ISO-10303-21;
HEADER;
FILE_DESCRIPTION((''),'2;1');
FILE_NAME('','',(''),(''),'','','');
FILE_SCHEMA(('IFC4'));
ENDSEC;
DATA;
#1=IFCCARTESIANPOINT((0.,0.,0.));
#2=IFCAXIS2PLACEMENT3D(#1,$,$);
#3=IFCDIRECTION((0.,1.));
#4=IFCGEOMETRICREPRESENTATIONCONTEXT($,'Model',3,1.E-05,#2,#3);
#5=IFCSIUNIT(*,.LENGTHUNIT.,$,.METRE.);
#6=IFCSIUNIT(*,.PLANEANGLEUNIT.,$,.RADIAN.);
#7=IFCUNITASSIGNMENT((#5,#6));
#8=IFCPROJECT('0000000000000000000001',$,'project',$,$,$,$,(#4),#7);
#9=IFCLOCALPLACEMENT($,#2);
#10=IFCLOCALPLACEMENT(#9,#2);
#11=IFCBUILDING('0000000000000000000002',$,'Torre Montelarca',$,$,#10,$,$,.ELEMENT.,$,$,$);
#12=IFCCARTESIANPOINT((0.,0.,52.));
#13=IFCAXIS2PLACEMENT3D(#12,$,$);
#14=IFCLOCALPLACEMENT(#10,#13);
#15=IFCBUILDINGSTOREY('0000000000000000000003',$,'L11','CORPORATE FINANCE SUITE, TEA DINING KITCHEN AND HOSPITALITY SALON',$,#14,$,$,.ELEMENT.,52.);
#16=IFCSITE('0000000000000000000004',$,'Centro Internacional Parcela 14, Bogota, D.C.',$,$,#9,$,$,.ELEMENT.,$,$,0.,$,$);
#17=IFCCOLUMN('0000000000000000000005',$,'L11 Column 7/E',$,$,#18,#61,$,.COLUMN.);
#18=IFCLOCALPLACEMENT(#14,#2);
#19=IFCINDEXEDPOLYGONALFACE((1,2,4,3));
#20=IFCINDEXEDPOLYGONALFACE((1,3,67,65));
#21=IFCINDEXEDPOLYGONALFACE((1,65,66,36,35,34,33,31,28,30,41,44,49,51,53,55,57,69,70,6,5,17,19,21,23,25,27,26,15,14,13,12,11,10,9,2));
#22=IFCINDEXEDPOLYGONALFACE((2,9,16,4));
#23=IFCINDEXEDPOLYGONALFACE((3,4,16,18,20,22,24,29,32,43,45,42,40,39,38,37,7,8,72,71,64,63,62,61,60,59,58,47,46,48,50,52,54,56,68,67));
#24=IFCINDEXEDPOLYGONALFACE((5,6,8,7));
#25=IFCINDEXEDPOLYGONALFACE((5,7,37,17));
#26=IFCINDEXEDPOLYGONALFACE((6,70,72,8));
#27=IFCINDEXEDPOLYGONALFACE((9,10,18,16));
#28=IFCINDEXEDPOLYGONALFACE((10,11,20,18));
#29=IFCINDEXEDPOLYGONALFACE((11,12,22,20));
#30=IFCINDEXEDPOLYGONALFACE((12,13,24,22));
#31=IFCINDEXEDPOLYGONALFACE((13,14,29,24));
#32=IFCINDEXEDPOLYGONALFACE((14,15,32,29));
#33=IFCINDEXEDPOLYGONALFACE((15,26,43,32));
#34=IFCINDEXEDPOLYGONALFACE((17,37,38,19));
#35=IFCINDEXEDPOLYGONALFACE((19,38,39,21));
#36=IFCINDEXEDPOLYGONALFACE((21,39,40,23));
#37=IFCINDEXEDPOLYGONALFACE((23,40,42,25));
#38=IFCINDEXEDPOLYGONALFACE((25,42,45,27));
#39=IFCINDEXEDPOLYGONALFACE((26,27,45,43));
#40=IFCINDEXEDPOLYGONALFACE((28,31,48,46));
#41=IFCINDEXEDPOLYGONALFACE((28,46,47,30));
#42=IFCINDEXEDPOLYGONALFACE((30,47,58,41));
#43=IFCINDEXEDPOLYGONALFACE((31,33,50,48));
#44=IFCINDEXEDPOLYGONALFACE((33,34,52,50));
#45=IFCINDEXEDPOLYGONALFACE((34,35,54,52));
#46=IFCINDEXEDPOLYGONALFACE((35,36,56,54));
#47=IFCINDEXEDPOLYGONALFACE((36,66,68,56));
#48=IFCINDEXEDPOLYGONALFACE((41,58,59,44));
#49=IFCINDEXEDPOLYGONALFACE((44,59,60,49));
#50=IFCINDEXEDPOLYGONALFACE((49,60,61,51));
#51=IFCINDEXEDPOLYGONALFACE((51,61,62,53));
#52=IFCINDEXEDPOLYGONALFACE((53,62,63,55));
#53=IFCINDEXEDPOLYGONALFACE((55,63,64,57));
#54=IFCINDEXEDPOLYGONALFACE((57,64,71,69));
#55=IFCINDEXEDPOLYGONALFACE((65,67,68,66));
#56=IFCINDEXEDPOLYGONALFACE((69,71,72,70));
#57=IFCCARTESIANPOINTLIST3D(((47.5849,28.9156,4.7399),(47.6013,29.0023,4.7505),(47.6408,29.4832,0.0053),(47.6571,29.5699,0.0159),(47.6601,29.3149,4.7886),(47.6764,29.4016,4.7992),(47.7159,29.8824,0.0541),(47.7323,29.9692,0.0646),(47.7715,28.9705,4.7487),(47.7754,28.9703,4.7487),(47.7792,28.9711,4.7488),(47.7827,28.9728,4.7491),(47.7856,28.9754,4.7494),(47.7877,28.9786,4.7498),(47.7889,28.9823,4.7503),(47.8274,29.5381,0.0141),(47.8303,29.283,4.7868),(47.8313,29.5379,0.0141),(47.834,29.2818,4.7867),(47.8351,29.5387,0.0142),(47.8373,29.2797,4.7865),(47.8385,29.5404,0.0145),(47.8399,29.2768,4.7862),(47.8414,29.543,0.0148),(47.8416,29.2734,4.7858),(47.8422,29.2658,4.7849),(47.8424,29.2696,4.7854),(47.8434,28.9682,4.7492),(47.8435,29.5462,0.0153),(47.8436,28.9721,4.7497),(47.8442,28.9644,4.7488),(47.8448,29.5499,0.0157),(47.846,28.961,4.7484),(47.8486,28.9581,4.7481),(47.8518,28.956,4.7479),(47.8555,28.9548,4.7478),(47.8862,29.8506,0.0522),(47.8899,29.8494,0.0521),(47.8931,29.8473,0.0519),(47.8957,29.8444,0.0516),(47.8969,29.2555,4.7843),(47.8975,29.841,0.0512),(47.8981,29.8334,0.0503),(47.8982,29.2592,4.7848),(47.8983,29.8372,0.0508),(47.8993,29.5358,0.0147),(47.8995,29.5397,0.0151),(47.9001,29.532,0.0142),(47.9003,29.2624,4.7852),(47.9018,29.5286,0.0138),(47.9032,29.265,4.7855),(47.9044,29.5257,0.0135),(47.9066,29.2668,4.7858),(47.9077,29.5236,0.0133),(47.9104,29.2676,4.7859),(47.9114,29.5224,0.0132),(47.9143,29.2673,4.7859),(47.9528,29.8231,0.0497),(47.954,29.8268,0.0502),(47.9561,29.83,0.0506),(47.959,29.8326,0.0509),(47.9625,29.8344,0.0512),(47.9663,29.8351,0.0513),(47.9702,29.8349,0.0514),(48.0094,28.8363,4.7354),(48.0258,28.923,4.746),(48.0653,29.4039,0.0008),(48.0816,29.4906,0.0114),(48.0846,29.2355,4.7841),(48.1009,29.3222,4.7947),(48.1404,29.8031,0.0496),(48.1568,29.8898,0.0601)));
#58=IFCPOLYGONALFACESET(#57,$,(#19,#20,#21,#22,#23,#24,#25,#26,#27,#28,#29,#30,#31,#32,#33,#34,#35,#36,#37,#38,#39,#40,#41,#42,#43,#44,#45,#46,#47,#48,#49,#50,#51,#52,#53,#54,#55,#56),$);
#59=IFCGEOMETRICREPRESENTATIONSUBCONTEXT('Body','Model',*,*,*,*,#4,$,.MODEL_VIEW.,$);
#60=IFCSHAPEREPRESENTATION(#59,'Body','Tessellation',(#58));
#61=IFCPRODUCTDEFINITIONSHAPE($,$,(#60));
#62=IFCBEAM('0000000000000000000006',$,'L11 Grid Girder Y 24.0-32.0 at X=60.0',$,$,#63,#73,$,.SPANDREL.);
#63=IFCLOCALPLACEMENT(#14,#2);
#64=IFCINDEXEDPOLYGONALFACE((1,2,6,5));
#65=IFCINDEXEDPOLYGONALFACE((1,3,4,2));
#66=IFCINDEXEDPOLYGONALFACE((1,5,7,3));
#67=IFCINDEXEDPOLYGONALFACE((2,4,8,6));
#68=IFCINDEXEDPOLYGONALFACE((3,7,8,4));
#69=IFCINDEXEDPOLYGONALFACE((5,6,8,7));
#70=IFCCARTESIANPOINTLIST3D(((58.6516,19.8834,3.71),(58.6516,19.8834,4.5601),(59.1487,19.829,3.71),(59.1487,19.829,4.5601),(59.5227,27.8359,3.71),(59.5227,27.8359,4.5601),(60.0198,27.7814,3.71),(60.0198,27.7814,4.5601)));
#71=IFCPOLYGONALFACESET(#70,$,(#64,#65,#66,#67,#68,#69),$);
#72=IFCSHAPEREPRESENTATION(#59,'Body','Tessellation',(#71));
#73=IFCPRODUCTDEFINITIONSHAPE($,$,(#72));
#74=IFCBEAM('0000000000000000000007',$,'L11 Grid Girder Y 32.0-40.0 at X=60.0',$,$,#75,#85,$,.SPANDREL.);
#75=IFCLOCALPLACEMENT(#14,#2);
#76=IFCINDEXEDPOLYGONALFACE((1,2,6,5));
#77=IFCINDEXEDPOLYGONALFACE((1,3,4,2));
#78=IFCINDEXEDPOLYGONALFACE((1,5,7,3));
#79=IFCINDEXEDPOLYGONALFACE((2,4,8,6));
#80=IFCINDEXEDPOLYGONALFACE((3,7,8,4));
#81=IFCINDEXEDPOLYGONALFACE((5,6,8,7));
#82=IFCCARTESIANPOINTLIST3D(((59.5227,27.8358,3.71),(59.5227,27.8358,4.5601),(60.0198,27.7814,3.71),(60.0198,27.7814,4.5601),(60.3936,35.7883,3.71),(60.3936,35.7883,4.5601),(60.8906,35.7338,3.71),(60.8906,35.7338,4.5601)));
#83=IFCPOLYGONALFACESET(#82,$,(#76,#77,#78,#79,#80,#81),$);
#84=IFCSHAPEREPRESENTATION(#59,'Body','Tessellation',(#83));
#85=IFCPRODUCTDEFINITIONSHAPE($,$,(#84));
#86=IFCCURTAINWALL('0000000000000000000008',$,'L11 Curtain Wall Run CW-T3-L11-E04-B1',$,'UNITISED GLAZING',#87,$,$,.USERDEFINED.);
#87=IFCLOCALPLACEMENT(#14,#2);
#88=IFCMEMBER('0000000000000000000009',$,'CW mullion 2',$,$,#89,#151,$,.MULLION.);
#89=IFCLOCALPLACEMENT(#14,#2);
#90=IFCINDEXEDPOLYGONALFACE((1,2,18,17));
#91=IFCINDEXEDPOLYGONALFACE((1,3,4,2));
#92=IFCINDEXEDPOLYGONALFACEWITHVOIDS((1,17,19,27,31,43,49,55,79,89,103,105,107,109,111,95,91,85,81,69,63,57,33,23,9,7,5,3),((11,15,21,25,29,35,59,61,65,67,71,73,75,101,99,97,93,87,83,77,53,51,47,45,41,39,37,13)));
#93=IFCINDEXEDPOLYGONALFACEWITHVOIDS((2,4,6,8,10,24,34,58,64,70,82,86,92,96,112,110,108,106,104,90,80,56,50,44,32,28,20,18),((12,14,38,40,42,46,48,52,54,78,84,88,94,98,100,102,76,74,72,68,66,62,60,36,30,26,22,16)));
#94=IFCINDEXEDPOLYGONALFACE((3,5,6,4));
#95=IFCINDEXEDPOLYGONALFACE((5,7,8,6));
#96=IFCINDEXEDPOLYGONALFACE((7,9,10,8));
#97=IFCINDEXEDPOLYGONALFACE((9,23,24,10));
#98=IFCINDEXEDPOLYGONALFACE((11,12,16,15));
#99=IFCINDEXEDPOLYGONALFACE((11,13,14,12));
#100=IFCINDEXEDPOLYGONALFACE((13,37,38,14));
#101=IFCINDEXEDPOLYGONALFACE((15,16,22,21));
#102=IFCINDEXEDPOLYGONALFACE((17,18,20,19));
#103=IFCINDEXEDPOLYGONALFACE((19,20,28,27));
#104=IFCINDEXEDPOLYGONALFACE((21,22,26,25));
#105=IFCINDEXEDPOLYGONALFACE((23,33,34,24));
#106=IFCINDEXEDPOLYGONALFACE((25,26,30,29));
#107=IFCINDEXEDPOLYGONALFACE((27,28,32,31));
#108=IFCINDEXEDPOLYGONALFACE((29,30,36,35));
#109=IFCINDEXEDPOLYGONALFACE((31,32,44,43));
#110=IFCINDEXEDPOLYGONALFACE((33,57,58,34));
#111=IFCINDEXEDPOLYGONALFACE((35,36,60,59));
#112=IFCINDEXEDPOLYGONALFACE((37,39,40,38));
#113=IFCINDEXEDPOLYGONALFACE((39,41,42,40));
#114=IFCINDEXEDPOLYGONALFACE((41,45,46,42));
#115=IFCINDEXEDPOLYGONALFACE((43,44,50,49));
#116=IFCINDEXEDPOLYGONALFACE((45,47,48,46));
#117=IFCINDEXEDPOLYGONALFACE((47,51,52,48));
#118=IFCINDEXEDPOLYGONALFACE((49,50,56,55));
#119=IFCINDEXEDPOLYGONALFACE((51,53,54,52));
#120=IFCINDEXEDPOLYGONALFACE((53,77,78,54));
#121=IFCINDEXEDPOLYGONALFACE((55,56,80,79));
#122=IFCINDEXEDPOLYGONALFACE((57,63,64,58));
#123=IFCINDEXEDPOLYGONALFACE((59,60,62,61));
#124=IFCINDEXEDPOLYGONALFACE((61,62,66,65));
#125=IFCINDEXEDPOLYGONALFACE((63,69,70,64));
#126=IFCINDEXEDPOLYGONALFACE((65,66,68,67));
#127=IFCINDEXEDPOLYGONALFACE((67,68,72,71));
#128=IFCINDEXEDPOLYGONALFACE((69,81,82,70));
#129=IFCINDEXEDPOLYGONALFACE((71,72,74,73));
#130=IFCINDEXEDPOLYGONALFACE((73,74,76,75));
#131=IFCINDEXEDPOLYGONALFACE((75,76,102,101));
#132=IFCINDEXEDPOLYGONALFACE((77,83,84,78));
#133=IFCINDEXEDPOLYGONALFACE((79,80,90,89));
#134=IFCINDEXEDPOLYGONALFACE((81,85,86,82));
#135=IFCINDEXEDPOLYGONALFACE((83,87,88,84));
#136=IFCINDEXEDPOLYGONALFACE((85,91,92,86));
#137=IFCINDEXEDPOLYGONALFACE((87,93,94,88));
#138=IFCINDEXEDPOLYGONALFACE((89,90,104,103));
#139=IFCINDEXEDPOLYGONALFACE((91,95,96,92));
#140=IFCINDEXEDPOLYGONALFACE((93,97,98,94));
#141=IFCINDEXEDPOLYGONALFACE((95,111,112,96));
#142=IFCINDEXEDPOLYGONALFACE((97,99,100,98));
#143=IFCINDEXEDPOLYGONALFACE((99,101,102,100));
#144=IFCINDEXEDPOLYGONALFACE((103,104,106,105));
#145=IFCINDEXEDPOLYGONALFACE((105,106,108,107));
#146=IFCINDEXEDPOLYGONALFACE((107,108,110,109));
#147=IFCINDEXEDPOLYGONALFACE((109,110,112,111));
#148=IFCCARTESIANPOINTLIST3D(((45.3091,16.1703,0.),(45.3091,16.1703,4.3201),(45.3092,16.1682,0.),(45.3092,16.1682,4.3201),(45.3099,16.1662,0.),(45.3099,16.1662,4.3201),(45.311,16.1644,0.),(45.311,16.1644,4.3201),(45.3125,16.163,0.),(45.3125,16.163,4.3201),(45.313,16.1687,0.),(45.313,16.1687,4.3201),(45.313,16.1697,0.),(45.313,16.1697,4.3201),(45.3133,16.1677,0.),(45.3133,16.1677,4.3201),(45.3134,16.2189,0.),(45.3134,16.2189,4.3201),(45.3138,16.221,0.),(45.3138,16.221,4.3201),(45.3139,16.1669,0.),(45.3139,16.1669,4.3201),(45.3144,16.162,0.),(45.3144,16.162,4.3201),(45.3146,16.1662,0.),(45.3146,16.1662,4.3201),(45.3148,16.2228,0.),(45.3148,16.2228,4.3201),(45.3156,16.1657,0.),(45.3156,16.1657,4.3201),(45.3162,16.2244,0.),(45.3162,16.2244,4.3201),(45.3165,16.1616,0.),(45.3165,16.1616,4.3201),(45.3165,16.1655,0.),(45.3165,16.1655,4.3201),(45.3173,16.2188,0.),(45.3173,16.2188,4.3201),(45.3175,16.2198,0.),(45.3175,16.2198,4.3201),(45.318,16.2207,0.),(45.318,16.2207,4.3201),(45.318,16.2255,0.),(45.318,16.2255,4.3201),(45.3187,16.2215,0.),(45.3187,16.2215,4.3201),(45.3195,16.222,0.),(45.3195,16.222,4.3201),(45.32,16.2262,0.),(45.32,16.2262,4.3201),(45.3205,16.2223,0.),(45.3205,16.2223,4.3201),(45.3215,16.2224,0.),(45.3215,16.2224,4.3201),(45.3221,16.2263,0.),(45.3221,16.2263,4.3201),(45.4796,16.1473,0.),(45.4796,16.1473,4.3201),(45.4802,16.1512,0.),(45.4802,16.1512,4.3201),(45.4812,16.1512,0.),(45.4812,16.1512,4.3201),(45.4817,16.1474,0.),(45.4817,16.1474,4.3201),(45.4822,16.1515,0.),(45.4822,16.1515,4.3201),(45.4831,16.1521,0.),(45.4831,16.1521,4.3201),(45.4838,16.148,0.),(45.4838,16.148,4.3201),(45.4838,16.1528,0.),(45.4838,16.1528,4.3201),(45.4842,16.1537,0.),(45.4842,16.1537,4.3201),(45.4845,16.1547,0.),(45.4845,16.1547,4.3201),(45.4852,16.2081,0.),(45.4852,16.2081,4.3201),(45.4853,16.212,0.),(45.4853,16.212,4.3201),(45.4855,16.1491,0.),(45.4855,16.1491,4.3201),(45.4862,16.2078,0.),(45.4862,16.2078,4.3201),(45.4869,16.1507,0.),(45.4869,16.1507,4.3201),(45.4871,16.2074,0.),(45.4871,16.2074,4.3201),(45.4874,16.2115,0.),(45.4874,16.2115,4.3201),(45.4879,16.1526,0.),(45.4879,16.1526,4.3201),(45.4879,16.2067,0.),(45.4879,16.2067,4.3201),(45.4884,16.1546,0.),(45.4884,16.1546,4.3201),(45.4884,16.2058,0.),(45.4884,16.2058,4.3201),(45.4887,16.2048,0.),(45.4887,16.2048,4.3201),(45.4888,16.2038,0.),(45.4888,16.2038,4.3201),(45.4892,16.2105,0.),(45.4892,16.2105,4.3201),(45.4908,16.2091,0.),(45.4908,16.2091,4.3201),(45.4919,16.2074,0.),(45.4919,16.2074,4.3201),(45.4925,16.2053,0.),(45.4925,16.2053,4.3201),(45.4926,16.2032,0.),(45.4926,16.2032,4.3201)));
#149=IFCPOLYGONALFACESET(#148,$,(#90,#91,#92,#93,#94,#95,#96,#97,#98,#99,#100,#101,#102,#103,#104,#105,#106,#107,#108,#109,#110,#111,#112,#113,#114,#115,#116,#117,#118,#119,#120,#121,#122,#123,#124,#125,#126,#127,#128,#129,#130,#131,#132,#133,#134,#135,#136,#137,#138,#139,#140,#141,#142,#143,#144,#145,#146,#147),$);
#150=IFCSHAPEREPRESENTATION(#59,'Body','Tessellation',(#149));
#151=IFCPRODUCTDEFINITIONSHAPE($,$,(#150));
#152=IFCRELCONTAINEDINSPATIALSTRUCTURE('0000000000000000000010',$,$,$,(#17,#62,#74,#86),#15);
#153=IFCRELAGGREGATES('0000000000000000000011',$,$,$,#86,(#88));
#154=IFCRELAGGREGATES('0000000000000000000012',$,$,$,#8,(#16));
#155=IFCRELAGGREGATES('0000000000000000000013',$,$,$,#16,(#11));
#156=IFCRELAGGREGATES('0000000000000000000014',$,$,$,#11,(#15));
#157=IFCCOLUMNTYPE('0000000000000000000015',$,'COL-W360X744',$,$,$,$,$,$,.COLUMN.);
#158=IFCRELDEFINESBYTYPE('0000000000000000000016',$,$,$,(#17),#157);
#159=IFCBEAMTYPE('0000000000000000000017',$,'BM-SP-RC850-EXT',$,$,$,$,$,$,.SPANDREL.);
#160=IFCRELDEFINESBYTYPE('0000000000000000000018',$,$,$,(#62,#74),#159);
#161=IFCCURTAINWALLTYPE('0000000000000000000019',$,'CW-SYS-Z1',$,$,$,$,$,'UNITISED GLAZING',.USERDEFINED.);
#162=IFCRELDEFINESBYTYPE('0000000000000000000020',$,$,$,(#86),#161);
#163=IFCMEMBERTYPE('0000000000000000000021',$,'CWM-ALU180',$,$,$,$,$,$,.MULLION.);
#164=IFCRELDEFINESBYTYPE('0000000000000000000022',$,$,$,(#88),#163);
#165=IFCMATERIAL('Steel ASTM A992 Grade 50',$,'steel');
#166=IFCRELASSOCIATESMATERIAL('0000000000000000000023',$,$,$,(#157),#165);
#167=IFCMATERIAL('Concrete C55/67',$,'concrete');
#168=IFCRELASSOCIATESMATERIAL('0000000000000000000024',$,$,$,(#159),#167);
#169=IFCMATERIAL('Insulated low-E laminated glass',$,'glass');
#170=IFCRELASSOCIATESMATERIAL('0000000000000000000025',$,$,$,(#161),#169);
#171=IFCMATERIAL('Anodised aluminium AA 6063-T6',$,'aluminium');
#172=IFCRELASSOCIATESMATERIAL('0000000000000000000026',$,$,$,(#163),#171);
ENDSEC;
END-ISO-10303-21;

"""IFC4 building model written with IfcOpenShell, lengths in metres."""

from ifc_helpers import new_model, si_unit, direction, frame, origin, origin_2d, place, context, subcontext, project, spatial, rectangle, hollow_rectangle, i_section, extrude, clip, halfspace, source, transform, mapped, material, material_profile, profile_set, type_object, element, aggregate, save


model = new_model("IFC4")

# Units and contexts
model_context = context("Model", 3, precision=1e-05, world=origin(), true_north=direction((0.0, 1.0)))
body_context = subcontext(model_context, "Body", "Model", "MODEL_VIEW")
ifc_project = project(units=[si_unit("LENGTHUNIT", "METRE"), si_unit("PLANEANGLEUNIT", "RADIAN")], contexts=[model_context])

# Site, building, storey
site_placement = place(None, origin())
site = spatial("IfcSite", under=ifc_project, at=site_placement, Name="Centro Internacional Parcela 14, Bogota, D.C.", CompositionType="ELEMENT", RefElevation=0.0)
building_placement = place(site_placement, origin())
building = spatial("IfcBuilding", under=site, at=building_placement, Name="Torre Montelarca", CompositionType="ELEMENT")
storey_placement = place(building_placement, frame((0.0, 0.0, 52.0)))
storey = spatial("IfcBuildingStorey", under=building, at=storey_placement, Name="L11", Description="CORPORATE FINANCE SUITE, TEA DINING KITCHEN AND HOSPITALITY SALON", CompositionType="ELEMENT", Elevation=52.0)

# Column
ifc_material_1 = material(Name="Steel ASTM A992 Grade 50", Category="steel")
ifc_material_profile_1 = material_profile(ifc_material_1, i_section(OverallWidth=0.4319, OverallDepth=0.498, WebThickness=0.0557, FlangeThickness=0.0889, FilletRadius=0.0149, at=origin_2d()), Name="W360X744", Category="steel")
ifc_profile_set_1 = profile_set([ifc_material_profile_1], Name="Steel ASTM A992 Grade 50")
column_type_1 = type_object("IfcColumnType", Name="COL-W360X744", PredefinedType="COLUMN", material=ifc_profile_set_1)
column_1_placement = place(storey_placement, frame((47.8992, 29.6904, 0.0), z_axis=(-0.011715, -0.119022, 0.992823), x_axis=(-0.982927, 0.183698, 0.010424)))
element("IfcColumn", 1, at=column_1_placement, inside=storey, type_object=column_type_1, Name="L11 Column 7/E", PredefinedType="COLUMN", context=body_context, shape_type="Clipping", body=[
    clip(clip(extrude(i_section(OverallWidth=0.4319, OverallDepth=0.498, WebThickness=0.0557, FlangeThickness=0.0889, FilletRadius=0.0149, at=origin_2d()), origin(), (0.0, 0.0, 1.0), 4.8347), halfspace(frame((0.0, 0.0, 0.033), z_axis=(0.0, 0.0, -1.0), x_axis=(1.0, 0.0, 0.0)), False)), halfspace(frame((0.0, 0.0, 4.8018), z_axis=(0.0, 0.0, 1.0), x_axis=(1.0, 0.0, 0.0)), False)),
])

# Beams
ifc_material_2 = material(Name="Concrete C55/67", Category="concrete")
ifc_material_profile_2 = material_profile(ifc_material_2, rectangle(XDim=0.5, YDim=0.8501, at=origin_2d()), Name="RCB500X850", Category="concrete")
ifc_profile_set_2 = profile_set([ifc_material_profile_2], Name="Concrete C55/67")
beam_type = type_object("IfcBeamType", Name="BM-SP-RC850-EXT", PredefinedType="SPANDREL", material=ifc_profile_set_2)
shared_shape_1 = source(origin(), body_context, "Body", "SweptSolid", [
    extrude(rectangle(XDim=0.5, YDim=0.8501, at=origin_2d()), origin(), (0.0, 0.0, 1.0), 8.0),
])
for number, where, z_axis, x_axis, name in (
    (2, (58.9001, 19.8562, 4.135), (0.108887, 0.994054, 0.0), (-0.994054, 0.108887, 0.0), "L11 Grid Girder Y 24.0-32.0 at X=60.0"),
    (3, (59.7712, 27.8086, 4.135), (0.108857, 0.994057, 0.0), (-0.994057, 0.108857, 0.0), "L11 Grid Girder Y 32.0-40.0 at X=60.0"),
):
    element("IfcBeam", number, at=place(storey_placement, frame(where, z_axis=z_axis, x_axis=x_axis)), inside=storey, type_object=beam_type, Name=name, PredefinedType="SPANDREL", context=body_context, shape_type="MappedRepresentation", body=[
        mapped(shared_shape_1, transform((0.0, 0.0, 0.0), scale=1.0)),
    ])

# Curtain wall, member
ifc_material_3 = material(Name="Insulated low-E laminated glass", Category="glass")
curtain_wall_type = type_object("IfcCurtainWallType", Name="CW-SYS-Z1", ElementType="UNITISED GLAZING", PredefinedType="USERDEFINED", material=ifc_material_3)
curtain_wall_1_placement = place(storey_placement, origin())
curtain_wall_1 = element("IfcCurtainWall", 4, at=curtain_wall_1_placement, inside=storey, type_object=curtain_wall_type, Name="L11 Curtain Wall Run CW-T3-L11-E04-B1", ObjectType="UNITISED GLAZING", PredefinedType="USERDEFINED")
ifc_material_4 = material(Name="Anodised aluminium AA 6063-T6", Category="aluminium")
ifc_material_profile_3 = material_profile(ifc_material_4, hollow_rectangle(XDim=0.0649, YDim=0.1799, WallThickness=0.0039, InnerFilletRadius=0.0039, OuterFilletRadius=0.0081, at=origin_2d()), Name="ALU65X180X4", Category="aluminium")
ifc_profile_set_3 = profile_set([ifc_material_profile_3], Name="Anodised aluminium AA 6063-T6")
member_type_1 = type_object("IfcMemberType", Name="CWM-ALU180", PredefinedType="MULLION", material=ifc_profile_set_3)
shared_shape_2 = source(origin(), body_context, "Body", "SweptSolid", [
    extrude(hollow_rectangle(XDim=0.0649, YDim=0.1799, WallThickness=0.0039, InnerFilletRadius=0.0039, OuterFilletRadius=0.0081, at=origin_2d()), origin(), (0.0, 0.0, 1.0), 4.3201),
])
member_1_placement = place(storey_placement, frame((45.4009, 16.1868, 0.0), z_axis=(0.0, 0.0, 1.0), x_axis=(0.087162, 0.996194, 0.0)))
member_1 = element("IfcMember", 5, at=member_1_placement, type_object=member_type_1, Name="CW mullion 2", PredefinedType="MULLION", context=body_context, shape_type="MappedRepresentation", body=[
    mapped(shared_shape_2, transform((0.0, 0.0, 0.0), scale=1.0)),
])

aggregate(curtain_wall_1, [member_1])

save(model, "model.ifc")
